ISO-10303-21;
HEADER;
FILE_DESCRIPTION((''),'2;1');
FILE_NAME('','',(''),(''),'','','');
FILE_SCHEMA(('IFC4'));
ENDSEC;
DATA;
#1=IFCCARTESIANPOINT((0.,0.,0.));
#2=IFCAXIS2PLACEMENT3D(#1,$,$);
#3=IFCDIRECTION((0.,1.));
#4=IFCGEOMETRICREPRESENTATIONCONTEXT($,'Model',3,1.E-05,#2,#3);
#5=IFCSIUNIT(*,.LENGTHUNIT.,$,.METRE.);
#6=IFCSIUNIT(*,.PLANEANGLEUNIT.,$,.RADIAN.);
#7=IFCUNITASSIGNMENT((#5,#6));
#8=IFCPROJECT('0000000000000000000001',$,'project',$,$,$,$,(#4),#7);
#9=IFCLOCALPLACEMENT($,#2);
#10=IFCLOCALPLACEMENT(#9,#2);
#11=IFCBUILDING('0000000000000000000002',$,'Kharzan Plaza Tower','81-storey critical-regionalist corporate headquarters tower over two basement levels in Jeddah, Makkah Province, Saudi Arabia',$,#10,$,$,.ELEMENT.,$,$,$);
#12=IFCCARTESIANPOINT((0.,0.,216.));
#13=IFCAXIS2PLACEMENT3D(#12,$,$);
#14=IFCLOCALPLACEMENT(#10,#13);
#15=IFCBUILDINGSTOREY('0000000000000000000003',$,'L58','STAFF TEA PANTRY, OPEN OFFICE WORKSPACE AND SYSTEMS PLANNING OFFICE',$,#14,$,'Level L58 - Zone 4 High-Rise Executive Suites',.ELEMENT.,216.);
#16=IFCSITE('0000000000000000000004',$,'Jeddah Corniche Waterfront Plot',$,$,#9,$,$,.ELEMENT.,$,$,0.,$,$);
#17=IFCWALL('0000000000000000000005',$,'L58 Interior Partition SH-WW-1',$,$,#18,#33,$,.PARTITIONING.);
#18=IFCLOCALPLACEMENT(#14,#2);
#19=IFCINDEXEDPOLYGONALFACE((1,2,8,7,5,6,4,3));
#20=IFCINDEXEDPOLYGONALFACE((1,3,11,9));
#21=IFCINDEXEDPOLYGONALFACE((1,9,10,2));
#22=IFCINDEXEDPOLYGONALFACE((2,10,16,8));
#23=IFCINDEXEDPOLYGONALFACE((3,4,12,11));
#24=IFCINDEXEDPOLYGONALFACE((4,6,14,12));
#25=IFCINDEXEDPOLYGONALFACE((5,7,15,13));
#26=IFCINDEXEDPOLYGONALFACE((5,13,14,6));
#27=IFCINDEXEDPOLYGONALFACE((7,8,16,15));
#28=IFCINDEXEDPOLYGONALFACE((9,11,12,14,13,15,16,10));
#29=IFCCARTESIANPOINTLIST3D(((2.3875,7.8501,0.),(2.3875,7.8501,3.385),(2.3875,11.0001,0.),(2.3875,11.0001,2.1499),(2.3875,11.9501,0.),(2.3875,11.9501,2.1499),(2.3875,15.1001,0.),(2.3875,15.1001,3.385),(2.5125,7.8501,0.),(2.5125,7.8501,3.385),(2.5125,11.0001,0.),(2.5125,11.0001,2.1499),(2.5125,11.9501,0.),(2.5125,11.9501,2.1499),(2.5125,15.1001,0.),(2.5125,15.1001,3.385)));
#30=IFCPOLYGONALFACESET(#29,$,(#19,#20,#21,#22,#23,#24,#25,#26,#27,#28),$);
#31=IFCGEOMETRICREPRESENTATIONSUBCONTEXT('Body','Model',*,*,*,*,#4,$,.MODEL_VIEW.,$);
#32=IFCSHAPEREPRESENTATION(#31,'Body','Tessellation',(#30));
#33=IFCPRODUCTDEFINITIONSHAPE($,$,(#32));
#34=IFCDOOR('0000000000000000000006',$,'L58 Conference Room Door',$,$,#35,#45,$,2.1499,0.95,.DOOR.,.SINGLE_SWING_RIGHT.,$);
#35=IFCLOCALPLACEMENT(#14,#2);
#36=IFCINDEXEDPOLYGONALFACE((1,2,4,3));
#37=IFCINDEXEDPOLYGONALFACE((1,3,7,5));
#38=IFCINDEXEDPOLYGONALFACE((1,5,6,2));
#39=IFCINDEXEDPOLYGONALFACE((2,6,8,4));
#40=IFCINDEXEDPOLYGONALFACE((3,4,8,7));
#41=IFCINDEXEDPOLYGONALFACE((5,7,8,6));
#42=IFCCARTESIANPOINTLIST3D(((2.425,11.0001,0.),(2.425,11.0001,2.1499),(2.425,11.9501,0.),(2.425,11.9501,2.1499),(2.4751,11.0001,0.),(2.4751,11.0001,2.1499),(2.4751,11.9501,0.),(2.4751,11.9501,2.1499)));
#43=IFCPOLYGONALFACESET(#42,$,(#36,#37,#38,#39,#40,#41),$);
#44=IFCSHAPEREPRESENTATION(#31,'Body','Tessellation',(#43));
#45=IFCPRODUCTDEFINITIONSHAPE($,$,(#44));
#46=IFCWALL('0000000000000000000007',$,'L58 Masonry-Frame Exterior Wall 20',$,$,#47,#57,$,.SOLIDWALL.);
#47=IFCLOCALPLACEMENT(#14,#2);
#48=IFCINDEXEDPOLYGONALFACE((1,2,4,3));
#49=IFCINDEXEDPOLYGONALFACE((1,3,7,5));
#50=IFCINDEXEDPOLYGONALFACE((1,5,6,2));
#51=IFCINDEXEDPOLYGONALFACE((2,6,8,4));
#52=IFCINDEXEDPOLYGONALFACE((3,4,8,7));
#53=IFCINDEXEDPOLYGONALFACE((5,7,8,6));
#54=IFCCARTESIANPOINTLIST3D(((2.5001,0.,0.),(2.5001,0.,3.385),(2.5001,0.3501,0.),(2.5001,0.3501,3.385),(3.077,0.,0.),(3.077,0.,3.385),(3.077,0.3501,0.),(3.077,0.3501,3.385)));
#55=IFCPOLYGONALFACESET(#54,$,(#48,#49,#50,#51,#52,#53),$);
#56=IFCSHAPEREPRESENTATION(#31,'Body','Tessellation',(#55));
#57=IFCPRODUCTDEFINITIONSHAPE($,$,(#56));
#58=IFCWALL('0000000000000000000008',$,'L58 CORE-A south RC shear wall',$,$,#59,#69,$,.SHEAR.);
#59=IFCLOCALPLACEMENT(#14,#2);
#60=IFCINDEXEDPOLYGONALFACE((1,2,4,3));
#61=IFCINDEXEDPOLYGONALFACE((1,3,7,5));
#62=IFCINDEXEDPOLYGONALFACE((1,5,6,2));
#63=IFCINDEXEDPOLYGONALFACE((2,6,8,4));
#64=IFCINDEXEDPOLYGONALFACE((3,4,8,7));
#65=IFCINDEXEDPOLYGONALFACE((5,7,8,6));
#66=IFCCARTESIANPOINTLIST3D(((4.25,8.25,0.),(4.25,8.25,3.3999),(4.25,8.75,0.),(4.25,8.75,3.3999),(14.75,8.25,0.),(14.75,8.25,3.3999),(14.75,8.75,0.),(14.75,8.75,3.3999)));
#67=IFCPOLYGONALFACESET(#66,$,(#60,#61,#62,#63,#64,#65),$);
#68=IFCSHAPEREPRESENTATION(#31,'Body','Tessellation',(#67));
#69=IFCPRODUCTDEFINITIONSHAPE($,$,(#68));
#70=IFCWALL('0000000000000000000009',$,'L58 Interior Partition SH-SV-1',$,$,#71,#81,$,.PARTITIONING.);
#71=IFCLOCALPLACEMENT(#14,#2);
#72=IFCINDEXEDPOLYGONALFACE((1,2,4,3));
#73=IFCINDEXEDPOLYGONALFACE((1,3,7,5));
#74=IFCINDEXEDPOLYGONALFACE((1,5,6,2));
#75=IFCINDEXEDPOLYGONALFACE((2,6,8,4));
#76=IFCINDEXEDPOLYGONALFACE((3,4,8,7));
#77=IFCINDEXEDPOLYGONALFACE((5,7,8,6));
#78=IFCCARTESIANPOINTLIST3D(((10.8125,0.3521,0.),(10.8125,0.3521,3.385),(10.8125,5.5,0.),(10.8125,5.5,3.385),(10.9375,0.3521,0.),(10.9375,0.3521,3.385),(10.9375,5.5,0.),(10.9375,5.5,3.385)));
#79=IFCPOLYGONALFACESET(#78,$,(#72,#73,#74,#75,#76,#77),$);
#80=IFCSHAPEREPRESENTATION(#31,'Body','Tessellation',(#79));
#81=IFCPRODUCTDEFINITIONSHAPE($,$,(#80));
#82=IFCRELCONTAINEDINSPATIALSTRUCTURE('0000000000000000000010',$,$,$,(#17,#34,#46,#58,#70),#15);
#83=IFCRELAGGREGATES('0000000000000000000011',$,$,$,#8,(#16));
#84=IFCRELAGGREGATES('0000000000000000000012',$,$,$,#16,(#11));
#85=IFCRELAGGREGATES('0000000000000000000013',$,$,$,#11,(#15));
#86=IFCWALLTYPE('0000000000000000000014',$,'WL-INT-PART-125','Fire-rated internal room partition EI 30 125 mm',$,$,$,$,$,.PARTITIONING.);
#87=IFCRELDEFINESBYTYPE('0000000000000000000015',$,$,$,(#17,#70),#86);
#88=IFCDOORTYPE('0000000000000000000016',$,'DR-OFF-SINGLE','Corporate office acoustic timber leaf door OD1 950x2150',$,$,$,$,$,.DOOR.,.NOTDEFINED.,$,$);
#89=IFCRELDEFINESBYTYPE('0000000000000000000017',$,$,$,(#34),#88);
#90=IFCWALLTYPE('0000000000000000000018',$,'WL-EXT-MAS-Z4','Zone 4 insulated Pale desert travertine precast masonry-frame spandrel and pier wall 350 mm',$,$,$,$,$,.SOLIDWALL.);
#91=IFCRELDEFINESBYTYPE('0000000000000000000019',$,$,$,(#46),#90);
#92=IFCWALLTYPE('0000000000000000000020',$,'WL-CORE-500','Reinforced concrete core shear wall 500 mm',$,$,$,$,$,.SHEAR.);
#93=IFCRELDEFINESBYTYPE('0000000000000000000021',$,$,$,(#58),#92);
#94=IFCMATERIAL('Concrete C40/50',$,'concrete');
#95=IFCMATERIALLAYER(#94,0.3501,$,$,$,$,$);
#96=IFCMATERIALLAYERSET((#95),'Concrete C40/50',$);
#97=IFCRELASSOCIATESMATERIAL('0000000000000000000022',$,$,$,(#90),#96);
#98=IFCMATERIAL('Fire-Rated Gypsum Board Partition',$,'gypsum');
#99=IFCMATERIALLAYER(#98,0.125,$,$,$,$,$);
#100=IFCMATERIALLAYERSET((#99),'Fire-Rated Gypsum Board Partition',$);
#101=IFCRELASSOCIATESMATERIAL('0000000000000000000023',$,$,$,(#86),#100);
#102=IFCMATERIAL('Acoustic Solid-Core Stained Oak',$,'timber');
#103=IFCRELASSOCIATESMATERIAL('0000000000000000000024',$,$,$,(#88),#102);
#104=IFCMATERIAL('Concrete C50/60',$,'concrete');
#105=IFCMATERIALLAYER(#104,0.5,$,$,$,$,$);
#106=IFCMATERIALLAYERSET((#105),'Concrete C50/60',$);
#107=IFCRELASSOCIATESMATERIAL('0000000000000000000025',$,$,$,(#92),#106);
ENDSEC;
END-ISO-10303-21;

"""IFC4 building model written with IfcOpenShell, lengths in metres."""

from ifc_helpers import new_model, si_unit, direction, frame, frame_2d, origin, place, context, subcontext, project, spatial, rectangle, extrude, source, transform, mapped, material, layer, layer_set, type_object, element, fill, save


model = new_model("IFC4")

# Units and contexts
model_context = context("Model", 3, precision=1e-05, world=origin(), true_north=direction((0.0, 1.0)))
body_context = subcontext(model_context, "Body", "Model", "MODEL_VIEW")
ifc_project = project(units=[si_unit("LENGTHUNIT", "METRE"), si_unit("PLANEANGLEUNIT", "RADIAN")], contexts=[model_context])

# Site, building, storey
site_placement = place(None, origin())
site = spatial("IfcSite", under=ifc_project, at=site_placement, Name="Jeddah Corniche Waterfront Plot", CompositionType="ELEMENT", RefElevation=0.0)
building_placement = place(site_placement, origin())
building = spatial("IfcBuilding", under=site, at=building_placement, Name="Kharzan Plaza Tower", Description="81-storey critical-regionalist corporate headquarters tower over two basement levels in Jeddah, Makkah Province, Saudi Arabia", CompositionType="ELEMENT")
storey_placement = place(building_placement, frame((0.0, 0.0, 216.0)))
storey = spatial("IfcBuildingStorey", under=building, at=storey_placement, Name="L58", Description="STAFF TEA PANTRY, OPEN OFFICE WORKSPACE AND SYSTEMS PLANNING OFFICE", LongName="Level L58 - Zone 4 High-Rise Executive Suites", CompositionType="ELEMENT", Elevation=216.0)

# Shared definitions
ifc_material_1 = material(Name="Concrete C50/60", Category="concrete")

# Shared definitions
ifc_material_2 = material(Name="Concrete C40/50", Category="concrete")
ifc_layer_1 = layer(ifc_material_2, 0.3501)
ifc_layer_set_1 = layer_set([ifc_layer_1], Name="Concrete C40/50")
wall_type_1 = type_object("IfcWallType", Name="WL-EXT-MAS-Z4", Description="Zone 4 insulated Pale desert travertine precast masonry-frame spandrel and pier wall 350 mm", PredefinedType="SOLIDWALL", material=ifc_layer_set_1)

# Wall, opening, door
ifc_material_3 = material(Name="Fire-Rated Gypsum Board Partition", Category="gypsum")
ifc_layer_2 = layer(ifc_material_3, 0.125)
ifc_layer_set_2 = layer_set([ifc_layer_2], Name="Fire-Rated Gypsum Board Partition")
wall_type_2 = type_object("IfcWallType", Name="WL-INT-PART-125", Description="Fire-rated internal room partition EI 30 125 mm", PredefinedType="PARTITIONING", material=ifc_layer_set_2)
ifc_material_4 = material(Name="Acoustic Solid-Core Stained Oak", Category="timber")
door_type = type_object("IfcDoorType", Name="DR-OFF-SINGLE", Description="Corporate office acoustic timber leaf door OD1 950x2150", OperationType="NOTDEFINED", PredefinedType="DOOR", material=ifc_material_4)
shared_shape_1 = source(origin(), body_context, "Body", "SweptSolid", [
    extrude(rectangle(XDim=0.95, YDim=2.1499, at=frame_2d((0.4751, 1.075))), frame((0.0, 0.0249, 0.0), z_axis=(0.0, -1.0, 0.0), x_axis=(1.0, 0.0, 0.0)), (0.0, 0.0, 1.0), 0.05),
])
wall_1_placement = place(storey_placement, frame((2.45, 7.8501, 0.0), z_axis=(0.0, 0.0, 1.0), x_axis=(0.0, 1.0, 0.0)))
wall_1 = element("IfcWall", 1, at=wall_1_placement, inside=storey, type_object=wall_type_2, Name="L58 Interior Partition SH-WW-1", PredefinedType="PARTITIONING", context=body_context, shape_type="SweptSolid", body=[
    extrude(rectangle(XDim=7.25, YDim=0.125, at=frame_2d((3.625, 0.0))), origin(), (0.0, 0.0, 1.0), 3.385),
])
opening_1_placement = place(wall_1_placement, frame((3.1499, 0.0, 0.0)))
opening_1 = element("IfcOpeningElement", 2, at=opening_1_placement, cuts=wall_1, PredefinedType="OPENING", context=body_context, shape_type="SweptSolid", body=[
    extrude(rectangle(XDim=0.95, YDim=2.1499, at=frame_2d((0.4751, 1.075))), frame((0.0, 0.0725, 0.0), z_axis=(0.0, -1.0, 0.0), x_axis=(1.0, 0.0, 0.0)), (0.0, 0.0, 1.0), 0.145),
])
door_1_placement = place(opening_1_placement, origin())
door_1 = element("IfcDoor", 3, at=door_1_placement, inside=storey, type_object=door_type, Name="L58 Conference Room Door", OperationType="SINGLE_SWING_RIGHT", OverallHeight=2.1499, OverallWidth=0.95, PredefinedType="DOOR", context=body_context, shape_type="MappedRepresentation", body=[
    mapped(shared_shape_1, transform((0.0, 0.0, 0.0), x_axis=(1.0, 0.0, 0.0), y_axis=(0.0, 1.0, 0.0), z_axis=(0.0, 0.0, 1.0))),
])
fill(opening_1, door_1)

# Walls
shared_shape_2 = source(origin(), body_context, "Body", "SweptSolid", [
    extrude(rectangle(XDim=0.5769, YDim=0.3501, at=frame_2d((0.2886, 0.0))), origin(), (0.0, 0.0, 1.0), 3.385),
])
wall_2_placement = place(storey_placement, frame((2.5, 0.175, 0.0), z_axis=(0.0, 0.0, 1.0), x_axis=(1.0, 0.0, 0.0)))
element("IfcWall", 4, at=wall_2_placement, inside=storey, type_object=wall_type_1, Name="L58 Masonry-Frame Exterior Wall 20", PredefinedType="SOLIDWALL", context=body_context, shape_type="MappedRepresentation", body=[
    mapped(shared_shape_2, transform((0.0, 0.0, 0.0), x_axis=(1.0, 0.0, 0.0), y_axis=(0.0, 1.0, 0.0), z_axis=(0.0, 0.0, 1.0))),
])
ifc_layer_3 = layer(ifc_material_1, 0.5)
ifc_layer_set_3 = layer_set([ifc_layer_3], Name="Concrete C50/60")
wall_type_3 = type_object("IfcWallType", Name="WL-CORE-500", Description="Reinforced concrete core shear wall 500 mm", PredefinedType="SHEAR", material=ifc_layer_set_3)
shared_shape_3 = source(origin(), body_context, "Body", "SweptSolid", [
    extrude(rectangle(XDim=10.5, YDim=0.5, at=frame_2d((5.25, 0.0))), origin(), (0.0, 0.0, 1.0), 3.3999),
])
wall_3_placement = place(storey_placement, frame((4.25, 8.5, 0.0), z_axis=(0.0, 0.0, 1.0), x_axis=(1.0, 0.0, 0.0)))
element("IfcWall", 5, at=wall_3_placement, inside=storey, type_object=wall_type_3, Name="L58 CORE-A south RC shear wall", PredefinedType="SHEAR", context=body_context, shape_type="MappedRepresentation", body=[
    mapped(shared_shape_3, transform((0.0, 0.0, 0.0), x_axis=(1.0, 0.0, 0.0), y_axis=(0.0, 1.0, 0.0), z_axis=(0.0, 0.0, 1.0))),
])
shared_shape_4 = source(origin(), body_context, "Body", "SweptSolid", [
    extrude(rectangle(XDim=5.1479, YDim=0.125, at=frame_2d((2.574, 0.0))), origin(), (0.0, 0.0, 1.0), 3.385),
])
wall_4_placement = place(storey_placement, frame((10.875, 0.3521, 0.0), z_axis=(0.0, 0.0, 1.0), x_axis=(0.0, 1.0, 0.0)))
element("IfcWall", 6, at=wall_4_placement, inside=storey, type_object=wall_type_2, Name="L58 Interior Partition SH-SV-1", PredefinedType="PARTITIONING", context=body_context, shape_type="MappedRepresentation", body=[
    mapped(shared_shape_4, transform((0.0, 0.0, 0.0), x_axis=(1.0, 0.0, 0.0), y_axis=(0.0, 1.0, 0.0), z_axis=(0.0, 0.0, 1.0))),
])

save(model, "model.ifc")
